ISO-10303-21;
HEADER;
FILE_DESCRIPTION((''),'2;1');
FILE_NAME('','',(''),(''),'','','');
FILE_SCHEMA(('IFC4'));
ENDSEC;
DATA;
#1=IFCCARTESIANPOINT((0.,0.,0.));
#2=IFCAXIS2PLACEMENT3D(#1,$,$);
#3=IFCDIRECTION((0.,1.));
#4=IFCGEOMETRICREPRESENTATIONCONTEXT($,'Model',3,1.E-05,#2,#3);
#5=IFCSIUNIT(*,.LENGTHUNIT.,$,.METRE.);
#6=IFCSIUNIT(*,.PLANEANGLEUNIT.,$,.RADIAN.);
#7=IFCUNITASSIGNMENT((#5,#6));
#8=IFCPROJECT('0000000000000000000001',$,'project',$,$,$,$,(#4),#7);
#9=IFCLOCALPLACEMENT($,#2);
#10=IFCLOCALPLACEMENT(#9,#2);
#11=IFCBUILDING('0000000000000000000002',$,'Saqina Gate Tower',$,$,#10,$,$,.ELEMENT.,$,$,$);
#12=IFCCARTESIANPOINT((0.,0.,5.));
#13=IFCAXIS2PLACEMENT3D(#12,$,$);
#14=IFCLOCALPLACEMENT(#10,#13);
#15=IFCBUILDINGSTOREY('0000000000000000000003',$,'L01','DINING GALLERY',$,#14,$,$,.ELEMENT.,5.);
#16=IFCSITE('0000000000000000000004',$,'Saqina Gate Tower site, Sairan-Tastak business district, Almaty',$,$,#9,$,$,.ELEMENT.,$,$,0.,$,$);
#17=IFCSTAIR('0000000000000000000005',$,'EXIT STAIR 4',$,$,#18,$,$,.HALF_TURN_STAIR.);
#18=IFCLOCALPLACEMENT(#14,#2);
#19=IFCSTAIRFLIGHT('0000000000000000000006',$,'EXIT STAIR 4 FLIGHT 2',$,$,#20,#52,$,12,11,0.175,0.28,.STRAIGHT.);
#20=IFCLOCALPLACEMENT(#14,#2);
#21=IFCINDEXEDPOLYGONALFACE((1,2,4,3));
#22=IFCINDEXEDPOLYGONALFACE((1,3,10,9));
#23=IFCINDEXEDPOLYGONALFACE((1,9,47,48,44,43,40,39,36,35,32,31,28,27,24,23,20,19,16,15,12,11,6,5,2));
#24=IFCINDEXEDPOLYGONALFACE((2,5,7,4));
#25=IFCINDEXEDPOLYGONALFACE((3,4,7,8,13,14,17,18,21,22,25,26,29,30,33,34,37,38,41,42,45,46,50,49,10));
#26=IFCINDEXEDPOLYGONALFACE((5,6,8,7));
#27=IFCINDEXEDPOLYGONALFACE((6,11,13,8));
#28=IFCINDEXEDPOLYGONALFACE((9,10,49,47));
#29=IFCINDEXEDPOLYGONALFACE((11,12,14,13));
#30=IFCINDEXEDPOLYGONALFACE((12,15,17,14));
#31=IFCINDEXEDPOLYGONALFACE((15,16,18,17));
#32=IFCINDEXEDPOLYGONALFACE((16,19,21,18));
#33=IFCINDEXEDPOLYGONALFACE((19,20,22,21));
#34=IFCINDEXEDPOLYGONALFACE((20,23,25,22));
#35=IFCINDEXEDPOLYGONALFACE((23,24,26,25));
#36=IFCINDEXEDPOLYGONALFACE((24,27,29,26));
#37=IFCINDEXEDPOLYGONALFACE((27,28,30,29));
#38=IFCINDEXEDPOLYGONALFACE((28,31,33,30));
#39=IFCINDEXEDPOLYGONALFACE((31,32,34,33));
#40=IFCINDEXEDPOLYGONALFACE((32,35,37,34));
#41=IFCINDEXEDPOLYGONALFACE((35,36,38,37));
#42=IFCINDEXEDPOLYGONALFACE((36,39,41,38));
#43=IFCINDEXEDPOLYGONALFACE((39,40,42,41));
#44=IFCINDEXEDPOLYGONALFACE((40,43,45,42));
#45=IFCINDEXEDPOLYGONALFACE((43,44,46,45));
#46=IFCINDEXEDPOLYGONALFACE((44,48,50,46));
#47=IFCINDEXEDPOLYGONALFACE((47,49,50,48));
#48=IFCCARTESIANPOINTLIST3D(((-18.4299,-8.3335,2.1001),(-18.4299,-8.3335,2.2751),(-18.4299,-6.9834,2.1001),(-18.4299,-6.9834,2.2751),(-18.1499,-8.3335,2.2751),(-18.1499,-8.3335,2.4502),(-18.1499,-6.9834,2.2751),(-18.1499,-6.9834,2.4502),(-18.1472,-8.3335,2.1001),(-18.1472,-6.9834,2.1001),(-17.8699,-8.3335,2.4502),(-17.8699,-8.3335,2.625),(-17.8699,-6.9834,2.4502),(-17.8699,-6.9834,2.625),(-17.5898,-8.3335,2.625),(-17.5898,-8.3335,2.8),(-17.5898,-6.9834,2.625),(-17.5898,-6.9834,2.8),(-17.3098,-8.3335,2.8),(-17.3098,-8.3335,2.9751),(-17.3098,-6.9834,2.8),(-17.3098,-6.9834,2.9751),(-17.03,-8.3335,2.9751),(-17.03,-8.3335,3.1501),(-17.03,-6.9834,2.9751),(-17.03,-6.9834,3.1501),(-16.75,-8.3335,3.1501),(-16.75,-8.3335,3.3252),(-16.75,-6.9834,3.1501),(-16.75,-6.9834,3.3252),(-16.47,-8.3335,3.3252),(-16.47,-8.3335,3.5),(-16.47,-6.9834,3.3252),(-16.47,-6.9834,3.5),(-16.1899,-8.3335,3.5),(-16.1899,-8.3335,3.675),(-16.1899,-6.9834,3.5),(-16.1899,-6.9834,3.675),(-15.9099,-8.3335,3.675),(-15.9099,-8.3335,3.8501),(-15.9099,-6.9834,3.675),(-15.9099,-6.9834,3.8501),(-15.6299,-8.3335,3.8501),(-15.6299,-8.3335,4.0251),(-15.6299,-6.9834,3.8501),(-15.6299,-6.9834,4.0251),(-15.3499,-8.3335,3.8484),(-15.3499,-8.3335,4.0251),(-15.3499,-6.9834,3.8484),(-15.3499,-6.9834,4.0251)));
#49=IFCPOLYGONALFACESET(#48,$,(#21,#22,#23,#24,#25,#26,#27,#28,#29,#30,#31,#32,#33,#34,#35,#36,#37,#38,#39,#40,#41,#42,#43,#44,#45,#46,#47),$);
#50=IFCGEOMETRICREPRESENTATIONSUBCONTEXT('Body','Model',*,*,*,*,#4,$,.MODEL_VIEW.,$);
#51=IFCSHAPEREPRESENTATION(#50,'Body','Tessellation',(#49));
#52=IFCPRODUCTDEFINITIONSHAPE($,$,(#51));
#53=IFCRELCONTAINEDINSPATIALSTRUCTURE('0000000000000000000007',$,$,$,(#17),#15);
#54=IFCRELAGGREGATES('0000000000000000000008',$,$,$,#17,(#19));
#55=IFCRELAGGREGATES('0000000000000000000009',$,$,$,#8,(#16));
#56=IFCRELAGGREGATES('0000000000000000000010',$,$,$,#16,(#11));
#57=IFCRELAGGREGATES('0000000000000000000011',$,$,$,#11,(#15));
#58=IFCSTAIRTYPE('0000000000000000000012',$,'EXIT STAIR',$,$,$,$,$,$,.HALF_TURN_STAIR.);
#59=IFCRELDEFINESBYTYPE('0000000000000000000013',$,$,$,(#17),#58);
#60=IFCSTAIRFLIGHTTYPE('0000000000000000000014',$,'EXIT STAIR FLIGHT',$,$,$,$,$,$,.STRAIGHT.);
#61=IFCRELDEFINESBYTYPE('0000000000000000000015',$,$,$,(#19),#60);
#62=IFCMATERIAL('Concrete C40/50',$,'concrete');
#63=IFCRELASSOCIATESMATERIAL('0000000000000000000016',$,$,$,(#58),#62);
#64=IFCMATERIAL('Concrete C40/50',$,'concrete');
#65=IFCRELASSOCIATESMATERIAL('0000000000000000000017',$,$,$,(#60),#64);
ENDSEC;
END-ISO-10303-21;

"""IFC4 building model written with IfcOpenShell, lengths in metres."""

from ifc_helpers import new_model, si_unit, direction, frame, origin, place, context, subcontext, project, spatial, polyline, outline, extrude, material, type_object, element, aggregate, save


model = new_model("IFC4")

# Units and contexts
model_context = context("Model", 3, precision=1e-05, world=origin(), true_north=direction((0.0, 1.0)))
body_context = subcontext(model_context, "Body", "Model", "MODEL_VIEW")
ifc_project = project(units=[si_unit("LENGTHUNIT", "METRE"), si_unit("PLANEANGLEUNIT", "RADIAN")], contexts=[model_context])

# Site, building, storey
site_placement = place(None, origin())
site = spatial("IfcSite", under=ifc_project, at=site_placement, Name="Saqina Gate Tower site, Sairan-Tastak business district, Almaty", CompositionType="ELEMENT", RefElevation=0.0)
building_placement = place(site_placement, origin())
building = spatial("IfcBuilding", under=site, at=building_placement, Name="Saqina Gate Tower", CompositionType="ELEMENT")
storey_placement = place(building_placement, frame((0.0, 0.0, 5.0)))
storey = spatial("IfcBuildingStorey", under=building, at=storey_placement, Name="L01", Description="DINING GALLERY", CompositionType="ELEMENT", Elevation=5.0)

# Stair, stair flight
ifc_material_1 = material(Name="Concrete C40/50", Category="concrete")
stair_type = type_object("IfcStairType", Name="EXIT STAIR", PredefinedType="HALF_TURN_STAIR", material=ifc_material_1)
stair_placement = place(storey_placement, origin())
stair = element("IfcStair", 1, at=stair_placement, inside=storey, type_object=stair_type, Name="EXIT STAIR 4", PredefinedType="HALF_TURN_STAIR")
ifc_material_2 = material(Name="Concrete C40/50", Category="concrete")
stair_flight_type = type_object("IfcStairFlightType", Name="EXIT STAIR FLIGHT", PredefinedType="STRAIGHT", material=ifc_material_2)
stair_flight_1_placement = place(storey_placement, frame((-18.4299, -7.6584, 2.1001), z_axis=(0.0, 0.0, 1.0), x_axis=(1.0, 0.0, 0.0)))
stair_flight_1 = element("IfcStairFlight", 2, at=stair_flight_1_placement, type_object=stair_flight_type, Name="EXIT STAIR 4 FLIGHT 2", NumberOfRisers=12, NumberOfTreads=11, PredefinedType="STRAIGHT", RiserHeight=0.175, TreadLength=0.28, context=body_context, shape_type="SweptSolid", body=[
    extrude(outline(polyline([(0.0, 0.0), (0.0, 0.175), (0.28, 0.175), (0.28, 0.3501), (0.5601, 0.3501), (0.5601, 0.5249), (0.8401, 0.5249), (0.8401, 0.7), (1.1201, 0.7), (1.1201, 0.875), (1.3999, 0.875), (1.3999, 1.05), (1.6799, 1.05), (1.6799, 1.2251), (1.96, 1.2251), (1.96, 1.3999), (2.24, 1.3999), (2.24, 1.575), (2.52, 1.575), (2.52, 1.75), (2.8, 1.75), (2.8, 1.925), (3.0801, 1.925), (3.0801, 2.1001), (3.0801, 1.7483), (0.2827, 0.0), (0.0, 0.0)])), frame((0.0, 0.675, 0.0), z_axis=(0.0, -1.0, 0.0), x_axis=(1.0, 0.0, 0.0)), (0.0, 0.0, 1.0), 1.3501),
])
aggregate(stair, [stair_flight_1])

save(model, "model.ifc")
